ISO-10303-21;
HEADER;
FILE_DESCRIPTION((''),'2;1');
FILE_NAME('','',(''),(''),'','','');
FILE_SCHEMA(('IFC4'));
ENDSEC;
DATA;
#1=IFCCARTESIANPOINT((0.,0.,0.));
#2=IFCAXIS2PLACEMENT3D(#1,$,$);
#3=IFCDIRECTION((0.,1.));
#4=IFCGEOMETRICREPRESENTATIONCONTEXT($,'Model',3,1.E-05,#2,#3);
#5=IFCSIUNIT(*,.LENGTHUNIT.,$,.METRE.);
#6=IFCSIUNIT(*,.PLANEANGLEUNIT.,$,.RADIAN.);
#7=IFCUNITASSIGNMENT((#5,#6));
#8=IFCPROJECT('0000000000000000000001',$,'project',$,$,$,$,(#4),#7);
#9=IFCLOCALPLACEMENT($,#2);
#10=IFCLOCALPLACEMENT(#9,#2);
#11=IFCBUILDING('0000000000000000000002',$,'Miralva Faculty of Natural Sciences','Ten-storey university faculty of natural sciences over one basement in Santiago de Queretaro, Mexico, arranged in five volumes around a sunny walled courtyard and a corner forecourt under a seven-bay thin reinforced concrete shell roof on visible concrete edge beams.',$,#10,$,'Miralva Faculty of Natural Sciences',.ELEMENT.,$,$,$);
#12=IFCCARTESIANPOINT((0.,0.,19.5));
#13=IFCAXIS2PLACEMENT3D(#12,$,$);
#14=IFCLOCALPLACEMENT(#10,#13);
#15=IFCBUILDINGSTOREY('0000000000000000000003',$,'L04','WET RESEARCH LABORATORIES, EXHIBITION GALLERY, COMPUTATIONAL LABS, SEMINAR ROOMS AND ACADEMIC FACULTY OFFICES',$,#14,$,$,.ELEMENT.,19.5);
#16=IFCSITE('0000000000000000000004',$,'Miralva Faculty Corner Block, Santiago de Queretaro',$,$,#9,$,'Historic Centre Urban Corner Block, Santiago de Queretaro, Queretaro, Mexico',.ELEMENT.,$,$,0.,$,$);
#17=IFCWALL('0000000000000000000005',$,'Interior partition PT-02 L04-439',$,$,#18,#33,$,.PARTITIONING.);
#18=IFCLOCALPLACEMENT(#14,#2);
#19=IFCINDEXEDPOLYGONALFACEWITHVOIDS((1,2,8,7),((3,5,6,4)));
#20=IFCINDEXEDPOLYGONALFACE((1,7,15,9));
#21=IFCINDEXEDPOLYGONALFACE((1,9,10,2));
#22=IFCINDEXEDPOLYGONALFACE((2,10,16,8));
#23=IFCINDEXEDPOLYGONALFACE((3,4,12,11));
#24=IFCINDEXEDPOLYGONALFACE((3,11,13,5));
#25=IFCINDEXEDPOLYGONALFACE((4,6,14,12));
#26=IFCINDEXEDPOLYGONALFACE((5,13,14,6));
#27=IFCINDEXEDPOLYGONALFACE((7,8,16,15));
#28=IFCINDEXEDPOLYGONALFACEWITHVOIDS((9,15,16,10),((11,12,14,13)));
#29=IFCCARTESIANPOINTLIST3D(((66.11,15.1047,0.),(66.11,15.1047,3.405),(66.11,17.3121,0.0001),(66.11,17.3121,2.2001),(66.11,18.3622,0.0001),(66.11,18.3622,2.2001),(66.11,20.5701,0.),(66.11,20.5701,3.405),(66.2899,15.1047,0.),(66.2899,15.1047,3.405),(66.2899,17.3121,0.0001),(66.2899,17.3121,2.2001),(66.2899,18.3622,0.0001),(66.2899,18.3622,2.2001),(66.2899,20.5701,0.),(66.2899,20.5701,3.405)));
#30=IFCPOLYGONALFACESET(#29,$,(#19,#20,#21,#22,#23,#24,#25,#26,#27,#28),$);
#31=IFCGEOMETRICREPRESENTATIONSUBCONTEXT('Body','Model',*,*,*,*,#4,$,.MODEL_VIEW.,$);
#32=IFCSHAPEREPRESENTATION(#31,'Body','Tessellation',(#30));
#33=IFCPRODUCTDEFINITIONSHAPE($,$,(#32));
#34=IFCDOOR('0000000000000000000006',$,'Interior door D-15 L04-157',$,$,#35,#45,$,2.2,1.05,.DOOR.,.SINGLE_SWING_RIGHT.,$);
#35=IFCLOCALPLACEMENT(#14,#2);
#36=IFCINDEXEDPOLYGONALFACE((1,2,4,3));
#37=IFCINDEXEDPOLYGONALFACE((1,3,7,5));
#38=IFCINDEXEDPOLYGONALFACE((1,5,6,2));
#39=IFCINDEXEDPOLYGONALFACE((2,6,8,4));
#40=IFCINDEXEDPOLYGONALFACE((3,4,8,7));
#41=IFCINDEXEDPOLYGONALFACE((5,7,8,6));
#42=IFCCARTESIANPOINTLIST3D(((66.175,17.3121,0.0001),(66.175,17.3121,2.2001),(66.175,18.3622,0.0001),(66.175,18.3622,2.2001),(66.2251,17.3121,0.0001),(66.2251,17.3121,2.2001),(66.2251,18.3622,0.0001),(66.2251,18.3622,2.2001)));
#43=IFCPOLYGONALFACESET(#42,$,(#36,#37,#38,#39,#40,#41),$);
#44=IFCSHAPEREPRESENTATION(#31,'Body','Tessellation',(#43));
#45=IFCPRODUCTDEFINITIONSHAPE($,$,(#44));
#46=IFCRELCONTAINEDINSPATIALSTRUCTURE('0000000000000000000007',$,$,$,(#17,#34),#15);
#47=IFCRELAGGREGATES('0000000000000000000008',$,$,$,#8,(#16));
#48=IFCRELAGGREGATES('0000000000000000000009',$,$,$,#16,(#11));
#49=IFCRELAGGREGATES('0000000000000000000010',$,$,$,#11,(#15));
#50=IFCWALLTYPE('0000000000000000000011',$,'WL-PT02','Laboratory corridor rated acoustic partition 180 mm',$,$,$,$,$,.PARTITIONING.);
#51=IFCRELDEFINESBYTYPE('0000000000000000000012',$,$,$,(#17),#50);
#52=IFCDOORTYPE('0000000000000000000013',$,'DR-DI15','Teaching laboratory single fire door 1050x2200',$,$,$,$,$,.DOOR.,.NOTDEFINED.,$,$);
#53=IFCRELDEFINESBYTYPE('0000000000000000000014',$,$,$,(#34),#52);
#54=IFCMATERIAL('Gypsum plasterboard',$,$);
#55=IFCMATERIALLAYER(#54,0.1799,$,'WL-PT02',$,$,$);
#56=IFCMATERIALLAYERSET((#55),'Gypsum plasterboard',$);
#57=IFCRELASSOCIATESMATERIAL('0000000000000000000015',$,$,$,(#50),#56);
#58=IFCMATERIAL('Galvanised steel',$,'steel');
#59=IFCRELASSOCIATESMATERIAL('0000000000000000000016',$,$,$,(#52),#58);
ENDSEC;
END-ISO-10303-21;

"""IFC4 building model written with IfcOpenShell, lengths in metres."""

from ifc_helpers import new_model, si_unit, direction, frame, frame_2d, origin, place, context, subcontext, project, spatial, rectangle, extrude, material, layer, layer_set, type_object, element, fill, save


model = new_model("IFC4")

# Units and contexts
model_context = context("Model", 3, precision=1e-05, world=origin(), true_north=direction((0.0, 1.0)))
body_context = subcontext(model_context, "Body", "Model", "MODEL_VIEW")
ifc_project = project(units=[si_unit("LENGTHUNIT", "METRE"), si_unit("PLANEANGLEUNIT", "RADIAN")], contexts=[model_context])

# Site, building, storey
site_placement = place(None, origin())
site = spatial("IfcSite", under=ifc_project, at=site_placement, Name="Miralva Faculty Corner Block, Santiago de Queretaro", LongName="Historic Centre Urban Corner Block, Santiago de Queretaro, Queretaro, Mexico", CompositionType="ELEMENT", RefElevation=0.0)
building_placement = place(site_placement, origin())
building = spatial("IfcBuilding", under=site, at=building_placement, Name="Miralva Faculty of Natural Sciences", Description="Ten-storey university faculty of natural sciences over one basement in Santiago de Queretaro, Mexico, arranged in five volumes around a sunny walled courtyard and a corner forecourt under a seven-bay thin reinforced concrete shell roof on visible concrete edge beams.", LongName="Miralva Faculty of Natural Sciences", CompositionType="ELEMENT")
storey_placement = place(building_placement, frame((0.0, 0.0, 19.5)))
storey = spatial("IfcBuildingStorey", under=building, at=storey_placement, Name="L04", Description="WET RESEARCH LABORATORIES, EXHIBITION GALLERY, COMPUTATIONAL LABS, SEMINAR ROOMS AND ACADEMIC FACULTY OFFICES", CompositionType="ELEMENT", Elevation=19.5)

# Wall, opening, door
ifc_material_1 = material(Name="Gypsum plasterboard")
ifc_layer_1 = layer(ifc_material_1, 0.1799, Name="WL-PT02")
ifc_layer_set_1 = layer_set([ifc_layer_1], Name="Gypsum plasterboard")
wall_type = type_object("IfcWallType", Name="WL-PT02", Description="Laboratory corridor rated acoustic partition 180 mm", PredefinedType="PARTITIONING", material=ifc_layer_set_1)
wall_placement = place(storey_placement, frame((66.2, 15.1047, 0.0), z_axis=(0.0, 0.0, 1.0), x_axis=(0.0, 1.0, 0.0)))
wall = element("IfcWall", 1, at=wall_placement, inside=storey, type_object=wall_type, Name="Interior partition PT-02 L04-439", PredefinedType="PARTITIONING", context=body_context, shape_type="SweptSolid", body=[
    extrude(rectangle(XDim=5.4653, YDim=0.1799, at=frame_2d((2.7327, 0.0))), origin(), (0.0, 0.0, 1.0), 3.405),
])
opening_placement = place(wall_placement, frame((2.2075, 0.0, 0.0)))
opening = element("IfcOpeningElement", 2, at=opening_placement, cuts=wall, PredefinedType="OPENING", context=body_context, shape_type="SweptSolid", body=[
    extrude(rectangle(XDim=1.05, YDim=2.2, at=frame_2d((0.5249, 1.1001))), frame((0.0, 0.0999, 0.0), z_axis=(0.0, -1.0, 0.0), x_axis=(1.0, 0.0, 0.0)), (0.0, 0.0, 1.0), 0.2),
])
ifc_material_2 = material(Name="Galvanised steel", Category="steel")
door_type = type_object("IfcDoorType", Name="DR-DI15", Description="Teaching laboratory single fire door 1050x2200", OperationType="NOTDEFINED", PredefinedType="DOOR", material=ifc_material_2)
door_placement = place(opening_placement, origin())
door = element("IfcDoor", 3, at=door_placement, inside=storey, type_object=door_type, Name="Interior door D-15 L04-157", OperationType="SINGLE_SWING_RIGHT", OverallHeight=2.2, OverallWidth=1.05, PredefinedType="DOOR", context=body_context, shape_type="SweptSolid", body=[
    extrude(rectangle(XDim=1.05, YDim=2.2, at=frame_2d((0.5249, 1.1001))), frame((0.0, 0.0249, 0.0), z_axis=(0.0, -1.0, 0.0), x_axis=(1.0, 0.0, 0.0)), (0.0, 0.0, 1.0), 0.05),
])
fill(opening, door)

save(model, "model.ifc")
